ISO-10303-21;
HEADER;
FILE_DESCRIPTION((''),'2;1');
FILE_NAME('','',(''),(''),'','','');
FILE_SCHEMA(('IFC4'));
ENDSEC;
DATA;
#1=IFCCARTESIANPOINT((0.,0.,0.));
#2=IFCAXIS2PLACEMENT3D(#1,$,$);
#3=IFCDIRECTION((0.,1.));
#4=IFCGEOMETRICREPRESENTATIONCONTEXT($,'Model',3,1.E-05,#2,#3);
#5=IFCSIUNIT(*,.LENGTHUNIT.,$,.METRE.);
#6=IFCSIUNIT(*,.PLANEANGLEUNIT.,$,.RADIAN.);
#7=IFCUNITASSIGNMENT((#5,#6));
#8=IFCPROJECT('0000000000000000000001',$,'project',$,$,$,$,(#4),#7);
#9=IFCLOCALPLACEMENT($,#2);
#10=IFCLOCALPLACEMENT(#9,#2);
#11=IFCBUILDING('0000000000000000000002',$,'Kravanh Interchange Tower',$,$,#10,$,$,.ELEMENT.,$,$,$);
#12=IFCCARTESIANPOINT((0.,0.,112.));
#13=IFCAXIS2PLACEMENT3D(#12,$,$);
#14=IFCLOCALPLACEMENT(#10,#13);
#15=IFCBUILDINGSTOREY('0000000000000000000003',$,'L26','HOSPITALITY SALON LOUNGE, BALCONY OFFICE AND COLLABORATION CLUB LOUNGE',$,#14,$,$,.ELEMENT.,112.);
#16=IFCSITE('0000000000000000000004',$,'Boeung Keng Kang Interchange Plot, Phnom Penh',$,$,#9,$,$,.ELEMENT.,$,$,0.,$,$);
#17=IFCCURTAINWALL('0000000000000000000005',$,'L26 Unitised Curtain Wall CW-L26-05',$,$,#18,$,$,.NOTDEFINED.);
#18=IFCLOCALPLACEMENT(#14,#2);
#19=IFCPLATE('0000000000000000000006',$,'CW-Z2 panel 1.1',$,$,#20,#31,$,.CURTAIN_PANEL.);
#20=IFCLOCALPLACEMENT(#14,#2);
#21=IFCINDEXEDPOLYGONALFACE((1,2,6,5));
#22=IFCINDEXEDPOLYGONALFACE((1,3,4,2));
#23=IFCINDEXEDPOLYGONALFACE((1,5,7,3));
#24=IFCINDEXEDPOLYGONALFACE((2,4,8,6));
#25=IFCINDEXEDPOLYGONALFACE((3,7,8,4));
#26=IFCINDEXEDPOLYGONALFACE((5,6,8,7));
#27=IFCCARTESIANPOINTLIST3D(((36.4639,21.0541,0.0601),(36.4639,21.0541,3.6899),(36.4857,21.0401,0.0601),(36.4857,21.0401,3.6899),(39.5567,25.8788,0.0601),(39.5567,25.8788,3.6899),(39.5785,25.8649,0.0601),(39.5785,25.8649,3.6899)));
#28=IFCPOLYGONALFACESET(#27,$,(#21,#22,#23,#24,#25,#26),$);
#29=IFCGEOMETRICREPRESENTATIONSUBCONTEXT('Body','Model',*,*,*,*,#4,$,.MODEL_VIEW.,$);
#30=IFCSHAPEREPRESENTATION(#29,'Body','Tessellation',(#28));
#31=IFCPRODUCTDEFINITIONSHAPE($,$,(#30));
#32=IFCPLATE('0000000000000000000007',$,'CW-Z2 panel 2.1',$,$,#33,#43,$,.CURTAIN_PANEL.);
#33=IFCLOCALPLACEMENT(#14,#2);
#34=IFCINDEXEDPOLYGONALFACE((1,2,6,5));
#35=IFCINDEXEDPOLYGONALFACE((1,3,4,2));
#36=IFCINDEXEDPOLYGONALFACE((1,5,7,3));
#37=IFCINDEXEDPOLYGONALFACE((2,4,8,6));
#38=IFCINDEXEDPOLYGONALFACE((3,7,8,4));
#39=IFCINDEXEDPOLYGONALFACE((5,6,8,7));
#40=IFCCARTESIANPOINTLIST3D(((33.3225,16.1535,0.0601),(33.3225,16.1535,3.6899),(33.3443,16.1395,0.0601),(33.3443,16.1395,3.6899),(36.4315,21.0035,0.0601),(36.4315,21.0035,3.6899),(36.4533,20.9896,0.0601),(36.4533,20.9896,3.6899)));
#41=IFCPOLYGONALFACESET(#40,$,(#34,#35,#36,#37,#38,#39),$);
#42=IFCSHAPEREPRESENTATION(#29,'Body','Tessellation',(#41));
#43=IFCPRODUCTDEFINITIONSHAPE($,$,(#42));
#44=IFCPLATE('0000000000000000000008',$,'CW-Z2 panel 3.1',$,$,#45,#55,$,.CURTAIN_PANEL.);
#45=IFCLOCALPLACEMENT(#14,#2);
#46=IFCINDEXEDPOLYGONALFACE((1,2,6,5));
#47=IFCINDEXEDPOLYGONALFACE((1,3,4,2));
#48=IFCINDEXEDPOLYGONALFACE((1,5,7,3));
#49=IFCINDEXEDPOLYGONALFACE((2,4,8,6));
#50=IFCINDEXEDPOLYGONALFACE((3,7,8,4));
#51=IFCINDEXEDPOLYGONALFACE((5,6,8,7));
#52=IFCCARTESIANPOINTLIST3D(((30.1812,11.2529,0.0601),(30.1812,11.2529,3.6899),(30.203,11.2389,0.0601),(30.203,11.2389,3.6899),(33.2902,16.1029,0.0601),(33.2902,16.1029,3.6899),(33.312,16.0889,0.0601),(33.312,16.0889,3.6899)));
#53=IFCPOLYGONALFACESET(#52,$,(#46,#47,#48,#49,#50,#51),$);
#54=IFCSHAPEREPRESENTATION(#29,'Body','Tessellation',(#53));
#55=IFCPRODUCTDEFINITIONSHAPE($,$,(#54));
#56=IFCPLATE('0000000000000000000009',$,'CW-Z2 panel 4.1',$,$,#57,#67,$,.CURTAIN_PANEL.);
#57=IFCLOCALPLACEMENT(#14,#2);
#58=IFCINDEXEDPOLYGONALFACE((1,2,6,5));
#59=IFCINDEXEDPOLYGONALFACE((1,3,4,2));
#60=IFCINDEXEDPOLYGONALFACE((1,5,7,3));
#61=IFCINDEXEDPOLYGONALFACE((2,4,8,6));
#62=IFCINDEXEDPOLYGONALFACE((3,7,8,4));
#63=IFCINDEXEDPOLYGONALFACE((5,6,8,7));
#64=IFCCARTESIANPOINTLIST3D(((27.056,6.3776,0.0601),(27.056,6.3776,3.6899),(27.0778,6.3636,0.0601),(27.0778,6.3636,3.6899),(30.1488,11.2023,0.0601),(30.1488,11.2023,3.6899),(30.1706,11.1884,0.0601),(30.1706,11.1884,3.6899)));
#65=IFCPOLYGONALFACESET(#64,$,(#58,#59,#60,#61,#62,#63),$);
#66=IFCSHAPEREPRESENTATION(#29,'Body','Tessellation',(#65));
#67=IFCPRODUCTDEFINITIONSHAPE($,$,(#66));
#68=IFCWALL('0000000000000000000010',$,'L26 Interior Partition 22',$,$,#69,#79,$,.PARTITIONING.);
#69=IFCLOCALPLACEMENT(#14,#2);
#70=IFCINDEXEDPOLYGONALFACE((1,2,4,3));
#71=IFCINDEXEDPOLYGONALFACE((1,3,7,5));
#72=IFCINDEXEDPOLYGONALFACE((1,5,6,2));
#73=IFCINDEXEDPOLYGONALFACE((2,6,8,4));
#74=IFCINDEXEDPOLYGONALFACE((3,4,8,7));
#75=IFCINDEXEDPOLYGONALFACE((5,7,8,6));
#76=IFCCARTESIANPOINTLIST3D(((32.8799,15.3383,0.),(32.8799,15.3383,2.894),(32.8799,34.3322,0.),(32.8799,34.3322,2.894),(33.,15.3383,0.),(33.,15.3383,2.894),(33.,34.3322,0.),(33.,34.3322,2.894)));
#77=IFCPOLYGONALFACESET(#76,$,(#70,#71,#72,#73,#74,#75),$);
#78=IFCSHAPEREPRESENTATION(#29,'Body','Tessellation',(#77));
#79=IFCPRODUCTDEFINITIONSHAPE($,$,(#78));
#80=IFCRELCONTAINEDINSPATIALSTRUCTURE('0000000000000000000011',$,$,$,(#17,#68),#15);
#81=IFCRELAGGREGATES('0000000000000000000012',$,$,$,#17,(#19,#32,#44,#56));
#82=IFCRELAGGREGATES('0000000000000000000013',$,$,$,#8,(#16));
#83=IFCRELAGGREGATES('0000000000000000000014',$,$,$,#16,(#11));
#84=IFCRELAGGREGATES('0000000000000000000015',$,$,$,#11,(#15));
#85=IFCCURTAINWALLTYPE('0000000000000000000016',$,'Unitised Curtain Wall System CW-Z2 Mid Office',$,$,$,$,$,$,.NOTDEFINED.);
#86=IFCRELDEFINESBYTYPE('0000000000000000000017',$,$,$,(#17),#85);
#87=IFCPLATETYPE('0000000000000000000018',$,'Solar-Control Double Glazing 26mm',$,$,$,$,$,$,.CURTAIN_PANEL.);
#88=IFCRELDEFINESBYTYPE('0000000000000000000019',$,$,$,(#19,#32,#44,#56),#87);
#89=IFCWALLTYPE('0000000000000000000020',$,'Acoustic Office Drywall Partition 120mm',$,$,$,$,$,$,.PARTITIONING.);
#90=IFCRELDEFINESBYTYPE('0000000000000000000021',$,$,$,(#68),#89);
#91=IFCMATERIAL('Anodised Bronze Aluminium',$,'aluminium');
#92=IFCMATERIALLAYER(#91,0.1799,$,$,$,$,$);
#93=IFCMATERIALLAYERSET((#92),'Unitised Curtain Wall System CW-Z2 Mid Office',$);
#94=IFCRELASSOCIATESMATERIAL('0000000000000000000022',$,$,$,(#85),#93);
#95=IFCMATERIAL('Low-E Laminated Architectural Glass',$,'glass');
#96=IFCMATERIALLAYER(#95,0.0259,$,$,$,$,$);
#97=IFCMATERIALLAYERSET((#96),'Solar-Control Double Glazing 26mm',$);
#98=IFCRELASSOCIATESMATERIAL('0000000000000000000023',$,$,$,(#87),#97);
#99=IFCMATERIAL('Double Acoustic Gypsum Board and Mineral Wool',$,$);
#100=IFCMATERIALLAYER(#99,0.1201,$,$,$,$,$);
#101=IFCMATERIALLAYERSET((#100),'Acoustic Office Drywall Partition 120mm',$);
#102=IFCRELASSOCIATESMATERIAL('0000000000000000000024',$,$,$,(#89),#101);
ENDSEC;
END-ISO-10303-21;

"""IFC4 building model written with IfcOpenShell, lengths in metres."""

from ifc_helpers import new_model, si_unit, direction, frame, frame_2d, origin, origin_2d, place, context, subcontext, project, spatial, rectangle, extrude, material, layer, layer_set, type_object, element, aggregate, save


model = new_model("IFC4")

# Units and contexts
model_context = context("Model", 3, precision=1e-05, world=origin(), true_north=direction((0.0, 1.0)))
body_context = subcontext(model_context, "Body", "Model", "MODEL_VIEW")
ifc_project = project(units=[si_unit("LENGTHUNIT", "METRE"), si_unit("PLANEANGLEUNIT", "RADIAN")], contexts=[model_context])

# Site, building, storey
site_placement = place(None, origin())
site = spatial("IfcSite", under=ifc_project, at=site_placement, Name="Boeung Keng Kang Interchange Plot, Phnom Penh", CompositionType="ELEMENT", RefElevation=0.0)
building_placement = place(site_placement, origin())
building = spatial("IfcBuilding", under=site, at=building_placement, Name="Kravanh Interchange Tower", CompositionType="ELEMENT")
storey_placement = place(building_placement, frame((0.0, 0.0, 112.0)))
storey = spatial("IfcBuildingStorey", under=building, at=storey_placement, Name="L26", Description="HOSPITALITY SALON LOUNGE, BALCONY OFFICE AND COLLABORATION CLUB LOUNGE", CompositionType="ELEMENT", Elevation=112.0)

# Curtain wall
ifc_material_1 = material(Name="Anodised Bronze Aluminium", Category="aluminium")
ifc_layer_1 = layer(ifc_material_1, 0.1799)
ifc_layer_set_1 = layer_set([ifc_layer_1], Name="Unitised Curtain Wall System CW-Z2 Mid Office")
curtain_wall_type = type_object("IfcCurtainWallType", Name="Unitised Curtain Wall System CW-Z2 Mid Office", PredefinedType="NOTDEFINED", material=ifc_layer_set_1)
curtain_wall_1_placement = place(storey_placement, origin())
curtain_wall_1 = element("IfcCurtainWall", 1, at=curtain_wall_1_placement, inside=storey, type_object=curtain_wall_type, Name="L26 Unitised Curtain Wall CW-L26-05", PredefinedType="NOTDEFINED")

# Plates
ifc_material_2 = material(Name="Low-E Laminated Architectural Glass", Category="glass")
ifc_layer_2 = layer(ifc_material_2, 0.0259)
ifc_layer_set_2 = layer_set([ifc_layer_2], Name="Solar-Control Double Glazing 26mm")
plate_type = type_object("IfcPlateType", Name="Solar-Control Double Glazing 26mm", PredefinedType="CURTAIN_PANEL", material=ifc_layer_set_2)
plate_1_placement = place(storey_placement, frame((38.0212, 23.4595, 0.0601), z_axis=(0.0, 0.0, 1.0), x_axis=(-0.539665, -0.84188, 0.0)))
plate_1 = element("IfcPlate", 2, at=plate_1_placement, type_object=plate_type, Name="CW-Z2 panel 1.1", PredefinedType="CURTAIN_PANEL", context=body_context, shape_type="SweptSolid", body=[
    extrude(rectangle(XDim=5.731, YDim=0.0259, at=origin_2d()), origin(), (0.0, 0.0, 1.0), 3.6299),
])
plate_2_placement = place(storey_placement, frame((34.8879, 18.5715, 0.0601), z_axis=(0.0, 0.0, 1.0), x_axis=(-0.539665, -0.84188, 0.0)))
plate_2 = element("IfcPlate", 3, at=plate_2_placement, type_object=plate_type, Name="CW-Z2 panel 2.1", PredefinedType="CURTAIN_PANEL", context=body_context, shape_type="SweptSolid", body=[
    extrude(rectangle(XDim=5.761, YDim=0.0259, at=origin_2d()), origin(), (0.0, 0.0, 1.0), 3.6299),
])
plate_3_placement = place(storey_placement, frame((31.7466, 13.6709, 0.0601), z_axis=(0.0, 0.0, 1.0), x_axis=(-0.539665, -0.84188, 0.0)))
plate_3 = element("IfcPlate", 4, at=plate_3_placement, type_object=plate_type, Name="CW-Z2 panel 3.1", PredefinedType="CURTAIN_PANEL", context=body_context, shape_type="SweptSolid", body=[
    extrude(rectangle(XDim=5.761, YDim=0.0259, at=origin_2d()), origin(), (0.0, 0.0, 1.0), 3.6299),
])
plate_4_placement = place(storey_placement, frame((28.6133, 8.783, 0.0601), z_axis=(0.0, 0.0, 1.0), x_axis=(-0.539665, -0.84188, 0.0)))
plate_4 = element("IfcPlate", 5, at=plate_4_placement, type_object=plate_type, Name="CW-Z2 panel 4.1", PredefinedType="CURTAIN_PANEL", context=body_context, shape_type="SweptSolid", body=[
    extrude(rectangle(XDim=5.731, YDim=0.0259, at=origin_2d()), origin(), (0.0, 0.0, 1.0), 3.6299),
])
aggregate(curtain_wall_1, [plate_1, plate_2, plate_3, plate_4])

# Wall
ifc_material_3 = material(Name="Double Acoustic Gypsum Board and Mineral Wool")
ifc_layer_3 = layer(ifc_material_3, 0.1201)
ifc_layer_set_3 = layer_set([ifc_layer_3], Name="Acoustic Office Drywall Partition 120mm")
wall_type = type_object("IfcWallType", Name="Acoustic Office Drywall Partition 120mm", PredefinedType="PARTITIONING", material=ifc_layer_set_3)
wall_placement = place(storey_placement, frame((32.9399, 15.3381, 0.0), z_axis=(0.0, 0.0, 1.0), x_axis=(0.0, 1.0, 0.0)))
element("IfcWall", 6, at=wall_placement, inside=storey, type_object=wall_type, Name="L26 Interior Partition 22", PredefinedType="PARTITIONING", context=body_context, shape_type="SweptSolid", body=[
    extrude(rectangle(XDim=18.9939, YDim=0.1201, at=frame_2d((9.4971, 0.0))), origin(), (0.0, 0.0, 1.0), 2.894),
])

save(model, "model.ifc")
